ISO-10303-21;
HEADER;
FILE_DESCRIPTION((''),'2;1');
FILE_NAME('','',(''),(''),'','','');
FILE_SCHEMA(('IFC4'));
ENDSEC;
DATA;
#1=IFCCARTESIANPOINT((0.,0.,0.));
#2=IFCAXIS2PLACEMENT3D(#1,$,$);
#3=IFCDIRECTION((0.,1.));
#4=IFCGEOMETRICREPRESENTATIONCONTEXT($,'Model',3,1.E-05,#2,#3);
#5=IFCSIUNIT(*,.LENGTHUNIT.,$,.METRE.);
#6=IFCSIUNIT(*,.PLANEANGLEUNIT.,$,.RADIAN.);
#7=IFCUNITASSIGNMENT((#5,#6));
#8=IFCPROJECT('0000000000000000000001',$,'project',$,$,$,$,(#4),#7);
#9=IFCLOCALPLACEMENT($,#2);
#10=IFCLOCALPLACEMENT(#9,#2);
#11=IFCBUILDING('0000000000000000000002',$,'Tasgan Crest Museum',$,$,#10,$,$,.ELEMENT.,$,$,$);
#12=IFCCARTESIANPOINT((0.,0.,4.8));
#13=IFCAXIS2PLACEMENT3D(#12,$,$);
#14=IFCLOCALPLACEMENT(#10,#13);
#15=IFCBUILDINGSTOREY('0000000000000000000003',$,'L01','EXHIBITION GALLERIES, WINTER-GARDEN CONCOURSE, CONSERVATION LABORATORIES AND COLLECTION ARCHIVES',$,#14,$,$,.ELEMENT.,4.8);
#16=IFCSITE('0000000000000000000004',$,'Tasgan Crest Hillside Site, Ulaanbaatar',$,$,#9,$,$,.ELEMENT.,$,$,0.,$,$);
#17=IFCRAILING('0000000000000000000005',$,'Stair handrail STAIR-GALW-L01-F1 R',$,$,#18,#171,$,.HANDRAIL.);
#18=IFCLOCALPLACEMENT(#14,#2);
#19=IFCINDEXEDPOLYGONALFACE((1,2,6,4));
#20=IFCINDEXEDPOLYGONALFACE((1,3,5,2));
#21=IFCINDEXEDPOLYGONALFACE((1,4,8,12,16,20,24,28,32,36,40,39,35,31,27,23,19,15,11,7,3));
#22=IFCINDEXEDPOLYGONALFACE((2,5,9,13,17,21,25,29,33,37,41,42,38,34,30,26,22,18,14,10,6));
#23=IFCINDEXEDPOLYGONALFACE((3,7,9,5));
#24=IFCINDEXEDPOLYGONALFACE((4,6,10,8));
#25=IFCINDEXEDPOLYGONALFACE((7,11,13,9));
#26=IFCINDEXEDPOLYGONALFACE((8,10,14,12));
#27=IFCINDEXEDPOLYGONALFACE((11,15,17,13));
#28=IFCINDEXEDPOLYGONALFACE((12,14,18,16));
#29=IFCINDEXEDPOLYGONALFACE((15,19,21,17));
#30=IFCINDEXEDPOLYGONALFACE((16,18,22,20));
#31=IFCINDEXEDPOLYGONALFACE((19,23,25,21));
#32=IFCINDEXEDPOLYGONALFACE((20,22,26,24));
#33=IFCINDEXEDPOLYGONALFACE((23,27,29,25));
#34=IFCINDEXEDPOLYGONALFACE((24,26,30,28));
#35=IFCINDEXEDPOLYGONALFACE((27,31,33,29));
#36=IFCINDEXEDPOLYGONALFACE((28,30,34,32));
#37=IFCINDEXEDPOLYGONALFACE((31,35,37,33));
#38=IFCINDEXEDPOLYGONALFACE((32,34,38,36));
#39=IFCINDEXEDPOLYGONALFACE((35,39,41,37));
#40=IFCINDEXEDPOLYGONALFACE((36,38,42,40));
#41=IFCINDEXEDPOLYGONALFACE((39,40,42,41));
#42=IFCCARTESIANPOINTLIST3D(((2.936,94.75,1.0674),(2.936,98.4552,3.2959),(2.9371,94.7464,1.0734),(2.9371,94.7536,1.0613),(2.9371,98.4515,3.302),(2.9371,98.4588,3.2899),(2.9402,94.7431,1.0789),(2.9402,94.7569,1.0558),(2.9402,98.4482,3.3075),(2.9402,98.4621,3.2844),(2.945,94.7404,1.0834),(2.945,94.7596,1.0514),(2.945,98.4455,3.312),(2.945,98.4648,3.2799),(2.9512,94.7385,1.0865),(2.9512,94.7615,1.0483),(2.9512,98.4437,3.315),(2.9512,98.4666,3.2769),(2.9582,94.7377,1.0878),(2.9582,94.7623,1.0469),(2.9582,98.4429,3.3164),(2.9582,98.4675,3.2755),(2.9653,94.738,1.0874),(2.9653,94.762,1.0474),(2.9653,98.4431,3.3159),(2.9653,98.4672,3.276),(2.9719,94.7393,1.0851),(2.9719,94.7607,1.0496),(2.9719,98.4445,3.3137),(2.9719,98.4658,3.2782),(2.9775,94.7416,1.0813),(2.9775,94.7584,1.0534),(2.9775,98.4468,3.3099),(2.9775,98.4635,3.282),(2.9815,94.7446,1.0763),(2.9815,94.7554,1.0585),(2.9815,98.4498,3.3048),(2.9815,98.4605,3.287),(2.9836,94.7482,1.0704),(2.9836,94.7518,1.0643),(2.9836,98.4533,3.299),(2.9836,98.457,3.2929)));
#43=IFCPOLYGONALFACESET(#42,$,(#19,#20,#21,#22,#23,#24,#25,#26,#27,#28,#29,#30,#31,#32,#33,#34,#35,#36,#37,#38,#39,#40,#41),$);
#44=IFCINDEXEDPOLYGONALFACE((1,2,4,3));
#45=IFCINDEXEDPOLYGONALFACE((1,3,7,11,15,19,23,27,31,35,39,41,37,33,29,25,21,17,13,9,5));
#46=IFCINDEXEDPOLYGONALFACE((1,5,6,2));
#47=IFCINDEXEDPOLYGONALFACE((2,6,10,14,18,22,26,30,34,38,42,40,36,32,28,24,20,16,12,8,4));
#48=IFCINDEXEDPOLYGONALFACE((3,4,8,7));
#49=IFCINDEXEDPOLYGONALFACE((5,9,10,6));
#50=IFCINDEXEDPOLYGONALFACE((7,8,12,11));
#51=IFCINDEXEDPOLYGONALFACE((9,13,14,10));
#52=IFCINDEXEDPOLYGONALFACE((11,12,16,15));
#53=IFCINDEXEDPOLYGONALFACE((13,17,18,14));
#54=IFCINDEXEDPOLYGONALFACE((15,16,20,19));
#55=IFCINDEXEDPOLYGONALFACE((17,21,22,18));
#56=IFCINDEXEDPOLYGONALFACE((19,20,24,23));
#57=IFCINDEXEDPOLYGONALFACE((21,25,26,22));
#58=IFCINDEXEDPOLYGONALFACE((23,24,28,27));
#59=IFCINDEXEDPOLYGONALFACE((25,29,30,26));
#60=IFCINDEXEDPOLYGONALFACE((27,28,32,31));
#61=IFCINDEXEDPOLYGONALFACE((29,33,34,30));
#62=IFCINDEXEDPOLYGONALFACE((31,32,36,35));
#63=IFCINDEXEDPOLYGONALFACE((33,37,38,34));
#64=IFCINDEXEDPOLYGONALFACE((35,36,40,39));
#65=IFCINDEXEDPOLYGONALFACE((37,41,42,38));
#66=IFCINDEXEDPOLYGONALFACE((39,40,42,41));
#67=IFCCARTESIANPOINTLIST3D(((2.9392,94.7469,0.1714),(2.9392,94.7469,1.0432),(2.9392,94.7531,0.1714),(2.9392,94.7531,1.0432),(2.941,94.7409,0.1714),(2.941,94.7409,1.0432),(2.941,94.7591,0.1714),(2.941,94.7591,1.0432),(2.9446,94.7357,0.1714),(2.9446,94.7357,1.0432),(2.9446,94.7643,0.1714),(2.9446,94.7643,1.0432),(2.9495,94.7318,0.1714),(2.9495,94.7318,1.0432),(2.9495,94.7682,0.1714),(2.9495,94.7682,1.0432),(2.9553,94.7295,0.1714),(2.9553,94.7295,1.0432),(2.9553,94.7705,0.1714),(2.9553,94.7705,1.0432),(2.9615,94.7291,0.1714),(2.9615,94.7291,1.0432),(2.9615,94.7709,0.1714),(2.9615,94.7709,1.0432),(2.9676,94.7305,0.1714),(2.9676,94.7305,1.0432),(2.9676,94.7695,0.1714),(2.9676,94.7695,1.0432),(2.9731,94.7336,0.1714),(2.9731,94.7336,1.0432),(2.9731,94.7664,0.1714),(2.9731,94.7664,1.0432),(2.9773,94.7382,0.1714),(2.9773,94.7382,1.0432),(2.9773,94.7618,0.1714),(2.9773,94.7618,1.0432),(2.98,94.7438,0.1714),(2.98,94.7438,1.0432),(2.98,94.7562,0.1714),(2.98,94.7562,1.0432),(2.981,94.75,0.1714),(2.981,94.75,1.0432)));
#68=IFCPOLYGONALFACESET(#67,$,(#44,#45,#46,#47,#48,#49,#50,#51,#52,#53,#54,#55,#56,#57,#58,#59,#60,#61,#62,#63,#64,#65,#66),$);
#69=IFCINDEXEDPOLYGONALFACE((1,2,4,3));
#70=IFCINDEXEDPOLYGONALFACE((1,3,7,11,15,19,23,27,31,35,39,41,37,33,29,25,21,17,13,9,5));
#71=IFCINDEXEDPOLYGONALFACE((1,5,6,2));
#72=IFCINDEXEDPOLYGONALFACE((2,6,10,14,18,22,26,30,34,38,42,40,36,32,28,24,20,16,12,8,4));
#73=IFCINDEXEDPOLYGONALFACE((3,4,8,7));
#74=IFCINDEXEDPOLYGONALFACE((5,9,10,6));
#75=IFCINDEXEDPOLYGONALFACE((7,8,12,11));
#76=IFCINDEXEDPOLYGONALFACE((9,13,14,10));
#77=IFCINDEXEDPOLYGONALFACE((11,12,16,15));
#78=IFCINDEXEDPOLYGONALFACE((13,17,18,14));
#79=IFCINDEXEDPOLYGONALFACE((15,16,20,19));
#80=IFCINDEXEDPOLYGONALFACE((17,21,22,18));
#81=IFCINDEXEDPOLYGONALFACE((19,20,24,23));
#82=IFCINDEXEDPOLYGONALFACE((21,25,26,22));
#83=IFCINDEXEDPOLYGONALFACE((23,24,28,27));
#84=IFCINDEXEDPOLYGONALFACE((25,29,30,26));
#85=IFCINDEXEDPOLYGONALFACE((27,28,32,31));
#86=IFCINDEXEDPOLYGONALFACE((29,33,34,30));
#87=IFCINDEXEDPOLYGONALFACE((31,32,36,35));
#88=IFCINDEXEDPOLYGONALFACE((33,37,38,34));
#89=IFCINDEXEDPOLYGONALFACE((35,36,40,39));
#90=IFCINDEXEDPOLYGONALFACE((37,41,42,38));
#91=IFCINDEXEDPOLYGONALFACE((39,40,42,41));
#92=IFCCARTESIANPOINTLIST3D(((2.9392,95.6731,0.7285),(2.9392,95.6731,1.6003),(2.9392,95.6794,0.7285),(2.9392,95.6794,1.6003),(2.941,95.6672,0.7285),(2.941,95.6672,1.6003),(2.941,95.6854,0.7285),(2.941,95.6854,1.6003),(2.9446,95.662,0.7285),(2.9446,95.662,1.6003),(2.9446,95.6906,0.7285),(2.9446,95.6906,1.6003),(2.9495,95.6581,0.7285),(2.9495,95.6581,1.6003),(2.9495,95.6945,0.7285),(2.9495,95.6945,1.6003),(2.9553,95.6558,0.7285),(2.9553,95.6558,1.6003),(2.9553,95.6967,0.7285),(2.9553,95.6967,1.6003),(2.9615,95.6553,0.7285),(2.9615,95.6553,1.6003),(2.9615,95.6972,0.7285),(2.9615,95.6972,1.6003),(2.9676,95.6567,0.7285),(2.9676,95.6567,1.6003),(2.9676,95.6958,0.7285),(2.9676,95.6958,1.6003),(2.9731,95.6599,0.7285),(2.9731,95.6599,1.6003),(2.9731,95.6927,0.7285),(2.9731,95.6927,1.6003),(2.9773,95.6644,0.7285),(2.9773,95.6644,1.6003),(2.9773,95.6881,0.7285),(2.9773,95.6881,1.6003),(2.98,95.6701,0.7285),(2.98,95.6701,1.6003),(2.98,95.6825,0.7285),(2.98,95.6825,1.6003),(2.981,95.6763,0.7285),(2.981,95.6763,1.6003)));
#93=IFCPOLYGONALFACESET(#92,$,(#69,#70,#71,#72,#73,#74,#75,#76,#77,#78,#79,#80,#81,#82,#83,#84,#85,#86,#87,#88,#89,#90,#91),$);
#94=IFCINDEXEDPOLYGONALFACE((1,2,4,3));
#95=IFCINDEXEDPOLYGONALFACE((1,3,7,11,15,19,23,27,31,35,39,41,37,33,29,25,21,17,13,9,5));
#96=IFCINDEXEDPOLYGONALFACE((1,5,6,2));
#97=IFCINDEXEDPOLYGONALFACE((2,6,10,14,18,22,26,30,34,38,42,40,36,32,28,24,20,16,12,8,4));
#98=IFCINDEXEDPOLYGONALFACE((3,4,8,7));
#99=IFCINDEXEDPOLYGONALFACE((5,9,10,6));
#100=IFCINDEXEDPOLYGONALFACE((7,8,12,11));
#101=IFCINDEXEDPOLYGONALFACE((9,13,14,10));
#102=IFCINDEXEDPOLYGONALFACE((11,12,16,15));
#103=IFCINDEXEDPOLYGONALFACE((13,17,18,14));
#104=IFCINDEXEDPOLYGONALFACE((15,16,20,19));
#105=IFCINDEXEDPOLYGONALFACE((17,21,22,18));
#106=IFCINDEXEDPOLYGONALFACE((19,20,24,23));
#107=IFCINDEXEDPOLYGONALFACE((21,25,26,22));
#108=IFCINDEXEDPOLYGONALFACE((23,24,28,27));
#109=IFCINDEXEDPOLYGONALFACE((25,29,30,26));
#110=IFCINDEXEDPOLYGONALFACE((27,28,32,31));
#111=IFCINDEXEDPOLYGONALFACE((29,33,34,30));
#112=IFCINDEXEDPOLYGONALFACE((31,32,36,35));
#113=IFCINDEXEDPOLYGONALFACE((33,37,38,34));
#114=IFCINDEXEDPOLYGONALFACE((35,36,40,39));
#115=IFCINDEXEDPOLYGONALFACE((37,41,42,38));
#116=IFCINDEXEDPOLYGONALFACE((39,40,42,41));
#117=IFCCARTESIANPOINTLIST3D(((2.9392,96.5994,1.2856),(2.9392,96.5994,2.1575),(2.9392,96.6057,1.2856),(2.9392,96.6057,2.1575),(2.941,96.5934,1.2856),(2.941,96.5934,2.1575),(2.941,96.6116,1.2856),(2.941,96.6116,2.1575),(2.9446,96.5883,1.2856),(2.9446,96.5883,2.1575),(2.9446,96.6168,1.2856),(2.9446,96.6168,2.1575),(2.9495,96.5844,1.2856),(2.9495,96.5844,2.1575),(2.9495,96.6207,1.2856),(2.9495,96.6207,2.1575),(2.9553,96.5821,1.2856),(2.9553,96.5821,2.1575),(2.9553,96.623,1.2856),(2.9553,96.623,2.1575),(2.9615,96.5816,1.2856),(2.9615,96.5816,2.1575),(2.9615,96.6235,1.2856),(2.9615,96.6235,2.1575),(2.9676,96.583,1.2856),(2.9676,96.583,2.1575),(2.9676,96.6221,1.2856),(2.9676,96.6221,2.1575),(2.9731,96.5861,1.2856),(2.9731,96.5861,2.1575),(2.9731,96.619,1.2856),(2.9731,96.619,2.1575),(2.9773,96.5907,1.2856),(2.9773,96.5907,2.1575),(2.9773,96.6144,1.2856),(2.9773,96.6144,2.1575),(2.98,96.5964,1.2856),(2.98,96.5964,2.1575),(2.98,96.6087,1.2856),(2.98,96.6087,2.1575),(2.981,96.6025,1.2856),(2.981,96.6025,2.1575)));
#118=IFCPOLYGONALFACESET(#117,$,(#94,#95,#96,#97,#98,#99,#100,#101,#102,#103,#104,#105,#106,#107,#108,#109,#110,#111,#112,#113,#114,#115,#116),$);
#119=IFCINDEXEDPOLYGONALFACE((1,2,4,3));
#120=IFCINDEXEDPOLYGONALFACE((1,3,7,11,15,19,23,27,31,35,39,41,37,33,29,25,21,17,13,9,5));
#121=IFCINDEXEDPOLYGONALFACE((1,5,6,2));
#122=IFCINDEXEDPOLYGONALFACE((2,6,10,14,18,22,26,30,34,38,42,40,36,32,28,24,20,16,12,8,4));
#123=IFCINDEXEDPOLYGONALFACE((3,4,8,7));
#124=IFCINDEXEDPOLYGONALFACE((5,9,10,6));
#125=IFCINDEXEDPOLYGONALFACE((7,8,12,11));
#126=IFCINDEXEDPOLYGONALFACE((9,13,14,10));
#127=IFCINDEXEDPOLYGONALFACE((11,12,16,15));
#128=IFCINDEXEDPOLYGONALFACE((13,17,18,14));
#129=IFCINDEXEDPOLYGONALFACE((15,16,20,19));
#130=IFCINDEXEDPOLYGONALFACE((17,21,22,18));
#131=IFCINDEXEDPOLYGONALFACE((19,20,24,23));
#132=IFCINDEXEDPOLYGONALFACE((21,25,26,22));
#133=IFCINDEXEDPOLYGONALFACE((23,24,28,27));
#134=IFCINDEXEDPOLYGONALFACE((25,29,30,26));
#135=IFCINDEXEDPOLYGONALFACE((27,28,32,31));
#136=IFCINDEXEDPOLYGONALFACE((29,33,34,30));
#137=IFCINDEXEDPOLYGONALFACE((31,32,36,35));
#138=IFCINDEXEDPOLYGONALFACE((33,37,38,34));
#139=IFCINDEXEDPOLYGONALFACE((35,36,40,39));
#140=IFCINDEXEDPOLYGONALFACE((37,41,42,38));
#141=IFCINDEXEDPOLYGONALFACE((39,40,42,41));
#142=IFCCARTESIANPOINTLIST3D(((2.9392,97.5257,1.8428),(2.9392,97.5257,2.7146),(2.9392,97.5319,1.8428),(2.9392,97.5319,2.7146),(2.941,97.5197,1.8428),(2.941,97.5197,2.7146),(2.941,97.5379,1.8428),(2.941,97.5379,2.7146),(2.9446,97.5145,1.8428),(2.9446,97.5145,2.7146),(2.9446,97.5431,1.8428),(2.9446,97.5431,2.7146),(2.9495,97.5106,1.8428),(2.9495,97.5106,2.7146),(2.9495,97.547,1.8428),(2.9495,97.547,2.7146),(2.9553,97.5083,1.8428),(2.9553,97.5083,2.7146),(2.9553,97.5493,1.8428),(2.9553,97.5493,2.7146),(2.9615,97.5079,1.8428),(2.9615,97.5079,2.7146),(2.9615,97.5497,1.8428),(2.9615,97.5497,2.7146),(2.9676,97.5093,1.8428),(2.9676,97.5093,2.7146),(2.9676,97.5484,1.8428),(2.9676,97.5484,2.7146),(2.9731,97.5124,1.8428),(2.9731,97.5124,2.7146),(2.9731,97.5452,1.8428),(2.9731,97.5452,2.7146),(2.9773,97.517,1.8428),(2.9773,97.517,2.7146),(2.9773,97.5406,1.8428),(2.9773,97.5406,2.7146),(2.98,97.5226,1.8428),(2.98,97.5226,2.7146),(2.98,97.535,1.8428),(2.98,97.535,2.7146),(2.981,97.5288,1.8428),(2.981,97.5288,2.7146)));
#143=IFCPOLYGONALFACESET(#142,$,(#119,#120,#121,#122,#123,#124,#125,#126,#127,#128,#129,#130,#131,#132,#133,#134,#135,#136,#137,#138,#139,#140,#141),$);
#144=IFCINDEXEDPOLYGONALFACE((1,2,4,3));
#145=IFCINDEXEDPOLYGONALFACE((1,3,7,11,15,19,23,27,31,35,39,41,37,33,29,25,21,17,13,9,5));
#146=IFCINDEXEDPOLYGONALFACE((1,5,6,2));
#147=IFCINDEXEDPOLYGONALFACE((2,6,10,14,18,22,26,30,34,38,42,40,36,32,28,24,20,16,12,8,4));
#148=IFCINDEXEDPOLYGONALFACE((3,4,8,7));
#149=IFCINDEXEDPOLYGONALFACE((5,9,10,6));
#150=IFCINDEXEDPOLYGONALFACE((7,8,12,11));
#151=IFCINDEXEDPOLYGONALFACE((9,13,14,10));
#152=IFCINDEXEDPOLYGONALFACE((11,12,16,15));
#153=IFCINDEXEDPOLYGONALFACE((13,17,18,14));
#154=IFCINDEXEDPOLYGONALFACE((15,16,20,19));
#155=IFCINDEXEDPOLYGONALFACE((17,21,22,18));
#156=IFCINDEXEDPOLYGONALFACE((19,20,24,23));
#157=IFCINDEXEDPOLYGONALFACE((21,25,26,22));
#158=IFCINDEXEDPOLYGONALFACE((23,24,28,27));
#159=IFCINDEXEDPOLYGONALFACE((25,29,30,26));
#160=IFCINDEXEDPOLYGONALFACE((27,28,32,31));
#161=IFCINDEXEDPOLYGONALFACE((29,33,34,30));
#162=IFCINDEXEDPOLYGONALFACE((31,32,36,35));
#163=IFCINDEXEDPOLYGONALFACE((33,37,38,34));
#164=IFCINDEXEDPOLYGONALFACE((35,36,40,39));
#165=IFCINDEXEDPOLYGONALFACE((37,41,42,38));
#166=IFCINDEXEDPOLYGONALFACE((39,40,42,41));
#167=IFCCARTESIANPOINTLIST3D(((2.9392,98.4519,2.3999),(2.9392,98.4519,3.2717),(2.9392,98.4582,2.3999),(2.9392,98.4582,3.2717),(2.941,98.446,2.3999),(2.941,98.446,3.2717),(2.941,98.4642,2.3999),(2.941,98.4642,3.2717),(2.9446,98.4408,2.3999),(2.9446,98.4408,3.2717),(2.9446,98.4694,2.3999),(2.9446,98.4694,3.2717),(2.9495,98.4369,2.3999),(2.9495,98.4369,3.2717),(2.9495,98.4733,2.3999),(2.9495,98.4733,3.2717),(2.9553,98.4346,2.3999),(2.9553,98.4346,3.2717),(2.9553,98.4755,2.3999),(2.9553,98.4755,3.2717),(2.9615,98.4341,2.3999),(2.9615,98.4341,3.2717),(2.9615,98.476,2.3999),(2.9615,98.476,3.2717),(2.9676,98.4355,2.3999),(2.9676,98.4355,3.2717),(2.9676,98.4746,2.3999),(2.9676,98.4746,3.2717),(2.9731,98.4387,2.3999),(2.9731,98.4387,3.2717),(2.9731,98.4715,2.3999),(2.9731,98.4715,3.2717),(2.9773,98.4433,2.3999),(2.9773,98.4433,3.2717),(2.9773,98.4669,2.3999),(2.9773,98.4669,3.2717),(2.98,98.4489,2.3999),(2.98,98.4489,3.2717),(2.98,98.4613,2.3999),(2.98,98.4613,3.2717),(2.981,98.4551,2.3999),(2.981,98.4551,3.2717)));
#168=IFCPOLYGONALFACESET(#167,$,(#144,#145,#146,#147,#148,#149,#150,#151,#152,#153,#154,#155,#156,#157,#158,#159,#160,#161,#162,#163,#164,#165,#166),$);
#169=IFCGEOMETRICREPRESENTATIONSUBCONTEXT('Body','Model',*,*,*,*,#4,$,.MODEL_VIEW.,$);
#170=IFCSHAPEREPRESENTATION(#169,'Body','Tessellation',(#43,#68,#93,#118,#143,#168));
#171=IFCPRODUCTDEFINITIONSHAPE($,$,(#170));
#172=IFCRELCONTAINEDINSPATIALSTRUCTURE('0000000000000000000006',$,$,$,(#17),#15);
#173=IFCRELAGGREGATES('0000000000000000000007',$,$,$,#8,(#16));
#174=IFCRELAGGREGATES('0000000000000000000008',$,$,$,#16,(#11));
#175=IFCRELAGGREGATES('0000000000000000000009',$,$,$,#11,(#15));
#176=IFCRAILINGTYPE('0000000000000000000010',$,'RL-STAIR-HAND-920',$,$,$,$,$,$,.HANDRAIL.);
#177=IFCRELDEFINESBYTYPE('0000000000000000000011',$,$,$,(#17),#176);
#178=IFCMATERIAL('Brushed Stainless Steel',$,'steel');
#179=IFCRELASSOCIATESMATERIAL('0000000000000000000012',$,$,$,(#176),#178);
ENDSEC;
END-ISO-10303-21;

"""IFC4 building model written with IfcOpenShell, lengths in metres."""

from ifc_helpers import new_model, si_unit, direction, frame, origin, origin_2d, place, context, subcontext, project, spatial, circle, extrude, material, type_object, element, save


model = new_model("IFC4")

# Units and contexts
model_context = context("Model", 3, precision=1e-05, world=origin(), true_north=direction((0.0, 1.0)))
body_context = subcontext(model_context, "Body", "Model", "MODEL_VIEW")
ifc_project = project(units=[si_unit("LENGTHUNIT", "METRE"), si_unit("PLANEANGLEUNIT", "RADIAN")], contexts=[model_context])

# Site, building, storey
site_placement = place(None, origin())
site = spatial("IfcSite", under=ifc_project, at=site_placement, Name="Tasgan Crest Hillside Site, Ulaanbaatar", CompositionType="ELEMENT", RefElevation=0.0)
building_placement = place(site_placement, origin())
building = spatial("IfcBuilding", under=site, at=building_placement, Name="Tasgan Crest Museum", CompositionType="ELEMENT")
storey_placement = place(building_placement, frame((0.0, 0.0, 4.8)))
storey = spatial("IfcBuildingStorey", under=building, at=storey_placement, Name="L01", Description="EXHIBITION GALLERIES, WINTER-GARDEN CONCOURSE, CONSERVATION LABORATORIES AND COLLECTION ARCHIVES", CompositionType="ELEMENT", Elevation=4.8)

# Railing
ifc_material_1 = material(Name="Brushed Stainless Steel", Category="steel")
railing_type_1 = type_object("IfcRailingType", Name="RL-STAIR-HAND-920", PredefinedType="HANDRAIL", material=ifc_material_1)
for number, where, name in (
    (1, (2.96, 94.75, 0.1714), "Stair handrail STAIR-GALW-L01-F1 R"),
):
    element("IfcRailing", number, at=place(storey_placement, frame(where)), inside=storey, type_object=railing_type_1, Name=name, PredefinedType="HANDRAIL", context=body_context, shape_type="SweptSolid", body=[
        extrude(circle(Radius=0.0239, at=origin_2d()), frame((0.0, 0.0, 0.896), z_axis=(0.0, 0.856934, 0.515425), x_axis=(-1.0, 0.0, 0.0)), (0.0, 0.0, 1.0), 4.3237),
        extrude(circle(Radius=0.021, at=origin_2d()), origin(), (0.0, 0.0, 1.0), 0.8718),
        extrude(circle(Radius=0.021, at=origin_2d()), frame((0.0, 0.9263, 0.5571)), (0.0, 0.0, 1.0), 0.8718),
        extrude(circle(Radius=0.021, at=origin_2d()), frame((0.0, 1.8525, 1.1143)), (0.0, 0.0, 1.0), 0.8718),
        extrude(circle(Radius=0.021, at=origin_2d()), frame((0.0, 2.7788, 1.6714)), (0.0, 0.0, 1.0), 0.8718),
        extrude(circle(Radius=0.021, at=origin_2d()), frame((0.0, 3.7051, 2.2285)), (0.0, 0.0, 1.0), 0.8718),
    ])

save(model, "model.ifc")
